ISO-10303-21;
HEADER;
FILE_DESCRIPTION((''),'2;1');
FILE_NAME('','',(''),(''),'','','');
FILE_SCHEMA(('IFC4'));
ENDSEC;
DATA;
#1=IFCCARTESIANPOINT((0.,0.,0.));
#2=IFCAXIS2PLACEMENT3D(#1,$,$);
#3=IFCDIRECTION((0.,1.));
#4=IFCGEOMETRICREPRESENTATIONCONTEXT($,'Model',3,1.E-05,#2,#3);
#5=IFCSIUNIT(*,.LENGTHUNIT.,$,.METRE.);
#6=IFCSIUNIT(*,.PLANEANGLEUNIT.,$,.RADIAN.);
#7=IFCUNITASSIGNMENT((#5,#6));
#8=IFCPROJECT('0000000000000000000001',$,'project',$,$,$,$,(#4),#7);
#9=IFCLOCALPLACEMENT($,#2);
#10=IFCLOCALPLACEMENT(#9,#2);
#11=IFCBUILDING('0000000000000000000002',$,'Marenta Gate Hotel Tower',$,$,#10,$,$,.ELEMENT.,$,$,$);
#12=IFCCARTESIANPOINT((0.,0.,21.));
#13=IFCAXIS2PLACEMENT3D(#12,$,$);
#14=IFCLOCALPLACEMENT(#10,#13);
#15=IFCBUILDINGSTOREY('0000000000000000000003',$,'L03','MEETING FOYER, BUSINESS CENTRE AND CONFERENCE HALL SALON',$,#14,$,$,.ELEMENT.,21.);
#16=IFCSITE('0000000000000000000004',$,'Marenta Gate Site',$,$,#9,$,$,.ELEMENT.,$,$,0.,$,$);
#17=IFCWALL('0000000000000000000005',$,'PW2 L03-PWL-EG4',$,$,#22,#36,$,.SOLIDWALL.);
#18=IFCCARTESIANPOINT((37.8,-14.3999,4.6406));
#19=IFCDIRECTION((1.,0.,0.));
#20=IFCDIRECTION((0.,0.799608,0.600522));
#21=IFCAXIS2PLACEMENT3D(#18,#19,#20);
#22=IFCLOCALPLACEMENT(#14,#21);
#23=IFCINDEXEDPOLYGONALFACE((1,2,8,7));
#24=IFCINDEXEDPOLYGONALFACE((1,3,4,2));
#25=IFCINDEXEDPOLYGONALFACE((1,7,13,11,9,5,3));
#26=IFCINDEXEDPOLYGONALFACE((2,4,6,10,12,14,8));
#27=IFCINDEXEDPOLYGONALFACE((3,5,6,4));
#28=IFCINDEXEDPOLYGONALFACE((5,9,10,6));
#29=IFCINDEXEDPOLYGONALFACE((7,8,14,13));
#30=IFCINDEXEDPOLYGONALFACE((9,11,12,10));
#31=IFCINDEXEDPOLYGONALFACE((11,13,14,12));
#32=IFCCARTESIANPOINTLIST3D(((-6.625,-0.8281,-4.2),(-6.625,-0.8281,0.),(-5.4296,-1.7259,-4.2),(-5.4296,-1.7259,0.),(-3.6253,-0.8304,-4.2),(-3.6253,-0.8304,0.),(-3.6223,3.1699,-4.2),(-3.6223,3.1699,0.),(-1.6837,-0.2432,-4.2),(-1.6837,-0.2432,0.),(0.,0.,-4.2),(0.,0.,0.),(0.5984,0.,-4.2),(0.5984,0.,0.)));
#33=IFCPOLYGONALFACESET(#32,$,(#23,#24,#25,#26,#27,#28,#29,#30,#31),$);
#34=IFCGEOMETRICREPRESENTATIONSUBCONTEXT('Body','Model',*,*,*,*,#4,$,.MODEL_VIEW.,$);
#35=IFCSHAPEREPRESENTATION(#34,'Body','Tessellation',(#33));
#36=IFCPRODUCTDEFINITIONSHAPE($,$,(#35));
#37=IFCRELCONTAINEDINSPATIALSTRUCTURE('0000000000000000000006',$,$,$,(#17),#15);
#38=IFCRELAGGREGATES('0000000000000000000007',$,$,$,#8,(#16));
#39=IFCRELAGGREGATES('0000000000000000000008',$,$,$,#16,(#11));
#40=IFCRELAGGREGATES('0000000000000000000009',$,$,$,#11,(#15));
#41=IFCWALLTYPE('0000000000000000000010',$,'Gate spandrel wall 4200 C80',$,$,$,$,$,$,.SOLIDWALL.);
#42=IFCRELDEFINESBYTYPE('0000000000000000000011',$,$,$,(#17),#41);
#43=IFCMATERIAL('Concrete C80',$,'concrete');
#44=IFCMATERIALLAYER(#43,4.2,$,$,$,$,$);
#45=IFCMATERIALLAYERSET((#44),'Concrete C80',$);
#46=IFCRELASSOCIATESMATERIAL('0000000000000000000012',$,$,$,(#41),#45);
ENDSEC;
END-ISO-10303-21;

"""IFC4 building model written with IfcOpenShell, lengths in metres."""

from ifc_helpers import new_model, si_unit, direction, frame, origin, place, context, subcontext, project, spatial, polyline, outline, extrude, material, layer, layer_set, type_object, element, save


model = new_model("IFC4")

# Units and contexts
model_context = context("Model", 3, precision=1e-05, world=origin(), true_north=direction((0.0, 1.0)))
body_context = subcontext(model_context, "Body", "Model", "MODEL_VIEW")
ifc_project = project(units=[si_unit("LENGTHUNIT", "METRE"), si_unit("PLANEANGLEUNIT", "RADIAN")], contexts=[model_context])

# Site, building, storey
site_placement = place(None, origin())
site = spatial("IfcSite", under=ifc_project, at=site_placement, Name="Marenta Gate Site", CompositionType="ELEMENT", RefElevation=0.0)
building_placement = place(site_placement, origin())
building = spatial("IfcBuilding", under=site, at=building_placement, Name="Marenta Gate Hotel Tower", CompositionType="ELEMENT")
storey_placement = place(building_placement, frame((0.0, 0.0, 21.0)))
storey = spatial("IfcBuildingStorey", under=building, at=storey_placement, Name="L03", Description="MEETING FOYER, BUSINESS CENTRE AND CONFERENCE HALL SALON", CompositionType="ELEMENT", Elevation=21.0)

# Wall
ifc_material_1 = material(Name="Concrete C80", Category="concrete")
ifc_layer_1 = layer(ifc_material_1, 4.2)
ifc_layer_set_1 = layer_set([ifc_layer_1], Name="Concrete C80")
wall_type_1 = type_object("IfcWallType", Name="Gate spandrel wall 4200 C80", PredefinedType="SOLIDWALL", material=ifc_layer_set_1)
wall_1_placement = place(storey_placement, frame((37.8, -14.3999, 4.6406), z_axis=(1.0, 0.0, 0.0), x_axis=(0.0, 0.799608, 0.600522)))
element("IfcWall", 1, at=wall_1_placement, inside=storey, type_object=wall_type_1, Name="PW2 L03-PWL-EG4", PredefinedType="SOLIDWALL", context=body_context, shape_type="SweptSolid", body=[
    extrude(outline(polyline([(0.0, 0.0), (0.5984, 0.0), (-3.6223, 3.1699), (-6.625, -0.8281), (-5.4296, -1.7259), (-3.6253, -0.8304), (-1.6837, -0.2432), (0.0, 0.0)])), origin(), (0.0, 0.0, -1.0), 4.2),
])

save(model, "model.ifc")
